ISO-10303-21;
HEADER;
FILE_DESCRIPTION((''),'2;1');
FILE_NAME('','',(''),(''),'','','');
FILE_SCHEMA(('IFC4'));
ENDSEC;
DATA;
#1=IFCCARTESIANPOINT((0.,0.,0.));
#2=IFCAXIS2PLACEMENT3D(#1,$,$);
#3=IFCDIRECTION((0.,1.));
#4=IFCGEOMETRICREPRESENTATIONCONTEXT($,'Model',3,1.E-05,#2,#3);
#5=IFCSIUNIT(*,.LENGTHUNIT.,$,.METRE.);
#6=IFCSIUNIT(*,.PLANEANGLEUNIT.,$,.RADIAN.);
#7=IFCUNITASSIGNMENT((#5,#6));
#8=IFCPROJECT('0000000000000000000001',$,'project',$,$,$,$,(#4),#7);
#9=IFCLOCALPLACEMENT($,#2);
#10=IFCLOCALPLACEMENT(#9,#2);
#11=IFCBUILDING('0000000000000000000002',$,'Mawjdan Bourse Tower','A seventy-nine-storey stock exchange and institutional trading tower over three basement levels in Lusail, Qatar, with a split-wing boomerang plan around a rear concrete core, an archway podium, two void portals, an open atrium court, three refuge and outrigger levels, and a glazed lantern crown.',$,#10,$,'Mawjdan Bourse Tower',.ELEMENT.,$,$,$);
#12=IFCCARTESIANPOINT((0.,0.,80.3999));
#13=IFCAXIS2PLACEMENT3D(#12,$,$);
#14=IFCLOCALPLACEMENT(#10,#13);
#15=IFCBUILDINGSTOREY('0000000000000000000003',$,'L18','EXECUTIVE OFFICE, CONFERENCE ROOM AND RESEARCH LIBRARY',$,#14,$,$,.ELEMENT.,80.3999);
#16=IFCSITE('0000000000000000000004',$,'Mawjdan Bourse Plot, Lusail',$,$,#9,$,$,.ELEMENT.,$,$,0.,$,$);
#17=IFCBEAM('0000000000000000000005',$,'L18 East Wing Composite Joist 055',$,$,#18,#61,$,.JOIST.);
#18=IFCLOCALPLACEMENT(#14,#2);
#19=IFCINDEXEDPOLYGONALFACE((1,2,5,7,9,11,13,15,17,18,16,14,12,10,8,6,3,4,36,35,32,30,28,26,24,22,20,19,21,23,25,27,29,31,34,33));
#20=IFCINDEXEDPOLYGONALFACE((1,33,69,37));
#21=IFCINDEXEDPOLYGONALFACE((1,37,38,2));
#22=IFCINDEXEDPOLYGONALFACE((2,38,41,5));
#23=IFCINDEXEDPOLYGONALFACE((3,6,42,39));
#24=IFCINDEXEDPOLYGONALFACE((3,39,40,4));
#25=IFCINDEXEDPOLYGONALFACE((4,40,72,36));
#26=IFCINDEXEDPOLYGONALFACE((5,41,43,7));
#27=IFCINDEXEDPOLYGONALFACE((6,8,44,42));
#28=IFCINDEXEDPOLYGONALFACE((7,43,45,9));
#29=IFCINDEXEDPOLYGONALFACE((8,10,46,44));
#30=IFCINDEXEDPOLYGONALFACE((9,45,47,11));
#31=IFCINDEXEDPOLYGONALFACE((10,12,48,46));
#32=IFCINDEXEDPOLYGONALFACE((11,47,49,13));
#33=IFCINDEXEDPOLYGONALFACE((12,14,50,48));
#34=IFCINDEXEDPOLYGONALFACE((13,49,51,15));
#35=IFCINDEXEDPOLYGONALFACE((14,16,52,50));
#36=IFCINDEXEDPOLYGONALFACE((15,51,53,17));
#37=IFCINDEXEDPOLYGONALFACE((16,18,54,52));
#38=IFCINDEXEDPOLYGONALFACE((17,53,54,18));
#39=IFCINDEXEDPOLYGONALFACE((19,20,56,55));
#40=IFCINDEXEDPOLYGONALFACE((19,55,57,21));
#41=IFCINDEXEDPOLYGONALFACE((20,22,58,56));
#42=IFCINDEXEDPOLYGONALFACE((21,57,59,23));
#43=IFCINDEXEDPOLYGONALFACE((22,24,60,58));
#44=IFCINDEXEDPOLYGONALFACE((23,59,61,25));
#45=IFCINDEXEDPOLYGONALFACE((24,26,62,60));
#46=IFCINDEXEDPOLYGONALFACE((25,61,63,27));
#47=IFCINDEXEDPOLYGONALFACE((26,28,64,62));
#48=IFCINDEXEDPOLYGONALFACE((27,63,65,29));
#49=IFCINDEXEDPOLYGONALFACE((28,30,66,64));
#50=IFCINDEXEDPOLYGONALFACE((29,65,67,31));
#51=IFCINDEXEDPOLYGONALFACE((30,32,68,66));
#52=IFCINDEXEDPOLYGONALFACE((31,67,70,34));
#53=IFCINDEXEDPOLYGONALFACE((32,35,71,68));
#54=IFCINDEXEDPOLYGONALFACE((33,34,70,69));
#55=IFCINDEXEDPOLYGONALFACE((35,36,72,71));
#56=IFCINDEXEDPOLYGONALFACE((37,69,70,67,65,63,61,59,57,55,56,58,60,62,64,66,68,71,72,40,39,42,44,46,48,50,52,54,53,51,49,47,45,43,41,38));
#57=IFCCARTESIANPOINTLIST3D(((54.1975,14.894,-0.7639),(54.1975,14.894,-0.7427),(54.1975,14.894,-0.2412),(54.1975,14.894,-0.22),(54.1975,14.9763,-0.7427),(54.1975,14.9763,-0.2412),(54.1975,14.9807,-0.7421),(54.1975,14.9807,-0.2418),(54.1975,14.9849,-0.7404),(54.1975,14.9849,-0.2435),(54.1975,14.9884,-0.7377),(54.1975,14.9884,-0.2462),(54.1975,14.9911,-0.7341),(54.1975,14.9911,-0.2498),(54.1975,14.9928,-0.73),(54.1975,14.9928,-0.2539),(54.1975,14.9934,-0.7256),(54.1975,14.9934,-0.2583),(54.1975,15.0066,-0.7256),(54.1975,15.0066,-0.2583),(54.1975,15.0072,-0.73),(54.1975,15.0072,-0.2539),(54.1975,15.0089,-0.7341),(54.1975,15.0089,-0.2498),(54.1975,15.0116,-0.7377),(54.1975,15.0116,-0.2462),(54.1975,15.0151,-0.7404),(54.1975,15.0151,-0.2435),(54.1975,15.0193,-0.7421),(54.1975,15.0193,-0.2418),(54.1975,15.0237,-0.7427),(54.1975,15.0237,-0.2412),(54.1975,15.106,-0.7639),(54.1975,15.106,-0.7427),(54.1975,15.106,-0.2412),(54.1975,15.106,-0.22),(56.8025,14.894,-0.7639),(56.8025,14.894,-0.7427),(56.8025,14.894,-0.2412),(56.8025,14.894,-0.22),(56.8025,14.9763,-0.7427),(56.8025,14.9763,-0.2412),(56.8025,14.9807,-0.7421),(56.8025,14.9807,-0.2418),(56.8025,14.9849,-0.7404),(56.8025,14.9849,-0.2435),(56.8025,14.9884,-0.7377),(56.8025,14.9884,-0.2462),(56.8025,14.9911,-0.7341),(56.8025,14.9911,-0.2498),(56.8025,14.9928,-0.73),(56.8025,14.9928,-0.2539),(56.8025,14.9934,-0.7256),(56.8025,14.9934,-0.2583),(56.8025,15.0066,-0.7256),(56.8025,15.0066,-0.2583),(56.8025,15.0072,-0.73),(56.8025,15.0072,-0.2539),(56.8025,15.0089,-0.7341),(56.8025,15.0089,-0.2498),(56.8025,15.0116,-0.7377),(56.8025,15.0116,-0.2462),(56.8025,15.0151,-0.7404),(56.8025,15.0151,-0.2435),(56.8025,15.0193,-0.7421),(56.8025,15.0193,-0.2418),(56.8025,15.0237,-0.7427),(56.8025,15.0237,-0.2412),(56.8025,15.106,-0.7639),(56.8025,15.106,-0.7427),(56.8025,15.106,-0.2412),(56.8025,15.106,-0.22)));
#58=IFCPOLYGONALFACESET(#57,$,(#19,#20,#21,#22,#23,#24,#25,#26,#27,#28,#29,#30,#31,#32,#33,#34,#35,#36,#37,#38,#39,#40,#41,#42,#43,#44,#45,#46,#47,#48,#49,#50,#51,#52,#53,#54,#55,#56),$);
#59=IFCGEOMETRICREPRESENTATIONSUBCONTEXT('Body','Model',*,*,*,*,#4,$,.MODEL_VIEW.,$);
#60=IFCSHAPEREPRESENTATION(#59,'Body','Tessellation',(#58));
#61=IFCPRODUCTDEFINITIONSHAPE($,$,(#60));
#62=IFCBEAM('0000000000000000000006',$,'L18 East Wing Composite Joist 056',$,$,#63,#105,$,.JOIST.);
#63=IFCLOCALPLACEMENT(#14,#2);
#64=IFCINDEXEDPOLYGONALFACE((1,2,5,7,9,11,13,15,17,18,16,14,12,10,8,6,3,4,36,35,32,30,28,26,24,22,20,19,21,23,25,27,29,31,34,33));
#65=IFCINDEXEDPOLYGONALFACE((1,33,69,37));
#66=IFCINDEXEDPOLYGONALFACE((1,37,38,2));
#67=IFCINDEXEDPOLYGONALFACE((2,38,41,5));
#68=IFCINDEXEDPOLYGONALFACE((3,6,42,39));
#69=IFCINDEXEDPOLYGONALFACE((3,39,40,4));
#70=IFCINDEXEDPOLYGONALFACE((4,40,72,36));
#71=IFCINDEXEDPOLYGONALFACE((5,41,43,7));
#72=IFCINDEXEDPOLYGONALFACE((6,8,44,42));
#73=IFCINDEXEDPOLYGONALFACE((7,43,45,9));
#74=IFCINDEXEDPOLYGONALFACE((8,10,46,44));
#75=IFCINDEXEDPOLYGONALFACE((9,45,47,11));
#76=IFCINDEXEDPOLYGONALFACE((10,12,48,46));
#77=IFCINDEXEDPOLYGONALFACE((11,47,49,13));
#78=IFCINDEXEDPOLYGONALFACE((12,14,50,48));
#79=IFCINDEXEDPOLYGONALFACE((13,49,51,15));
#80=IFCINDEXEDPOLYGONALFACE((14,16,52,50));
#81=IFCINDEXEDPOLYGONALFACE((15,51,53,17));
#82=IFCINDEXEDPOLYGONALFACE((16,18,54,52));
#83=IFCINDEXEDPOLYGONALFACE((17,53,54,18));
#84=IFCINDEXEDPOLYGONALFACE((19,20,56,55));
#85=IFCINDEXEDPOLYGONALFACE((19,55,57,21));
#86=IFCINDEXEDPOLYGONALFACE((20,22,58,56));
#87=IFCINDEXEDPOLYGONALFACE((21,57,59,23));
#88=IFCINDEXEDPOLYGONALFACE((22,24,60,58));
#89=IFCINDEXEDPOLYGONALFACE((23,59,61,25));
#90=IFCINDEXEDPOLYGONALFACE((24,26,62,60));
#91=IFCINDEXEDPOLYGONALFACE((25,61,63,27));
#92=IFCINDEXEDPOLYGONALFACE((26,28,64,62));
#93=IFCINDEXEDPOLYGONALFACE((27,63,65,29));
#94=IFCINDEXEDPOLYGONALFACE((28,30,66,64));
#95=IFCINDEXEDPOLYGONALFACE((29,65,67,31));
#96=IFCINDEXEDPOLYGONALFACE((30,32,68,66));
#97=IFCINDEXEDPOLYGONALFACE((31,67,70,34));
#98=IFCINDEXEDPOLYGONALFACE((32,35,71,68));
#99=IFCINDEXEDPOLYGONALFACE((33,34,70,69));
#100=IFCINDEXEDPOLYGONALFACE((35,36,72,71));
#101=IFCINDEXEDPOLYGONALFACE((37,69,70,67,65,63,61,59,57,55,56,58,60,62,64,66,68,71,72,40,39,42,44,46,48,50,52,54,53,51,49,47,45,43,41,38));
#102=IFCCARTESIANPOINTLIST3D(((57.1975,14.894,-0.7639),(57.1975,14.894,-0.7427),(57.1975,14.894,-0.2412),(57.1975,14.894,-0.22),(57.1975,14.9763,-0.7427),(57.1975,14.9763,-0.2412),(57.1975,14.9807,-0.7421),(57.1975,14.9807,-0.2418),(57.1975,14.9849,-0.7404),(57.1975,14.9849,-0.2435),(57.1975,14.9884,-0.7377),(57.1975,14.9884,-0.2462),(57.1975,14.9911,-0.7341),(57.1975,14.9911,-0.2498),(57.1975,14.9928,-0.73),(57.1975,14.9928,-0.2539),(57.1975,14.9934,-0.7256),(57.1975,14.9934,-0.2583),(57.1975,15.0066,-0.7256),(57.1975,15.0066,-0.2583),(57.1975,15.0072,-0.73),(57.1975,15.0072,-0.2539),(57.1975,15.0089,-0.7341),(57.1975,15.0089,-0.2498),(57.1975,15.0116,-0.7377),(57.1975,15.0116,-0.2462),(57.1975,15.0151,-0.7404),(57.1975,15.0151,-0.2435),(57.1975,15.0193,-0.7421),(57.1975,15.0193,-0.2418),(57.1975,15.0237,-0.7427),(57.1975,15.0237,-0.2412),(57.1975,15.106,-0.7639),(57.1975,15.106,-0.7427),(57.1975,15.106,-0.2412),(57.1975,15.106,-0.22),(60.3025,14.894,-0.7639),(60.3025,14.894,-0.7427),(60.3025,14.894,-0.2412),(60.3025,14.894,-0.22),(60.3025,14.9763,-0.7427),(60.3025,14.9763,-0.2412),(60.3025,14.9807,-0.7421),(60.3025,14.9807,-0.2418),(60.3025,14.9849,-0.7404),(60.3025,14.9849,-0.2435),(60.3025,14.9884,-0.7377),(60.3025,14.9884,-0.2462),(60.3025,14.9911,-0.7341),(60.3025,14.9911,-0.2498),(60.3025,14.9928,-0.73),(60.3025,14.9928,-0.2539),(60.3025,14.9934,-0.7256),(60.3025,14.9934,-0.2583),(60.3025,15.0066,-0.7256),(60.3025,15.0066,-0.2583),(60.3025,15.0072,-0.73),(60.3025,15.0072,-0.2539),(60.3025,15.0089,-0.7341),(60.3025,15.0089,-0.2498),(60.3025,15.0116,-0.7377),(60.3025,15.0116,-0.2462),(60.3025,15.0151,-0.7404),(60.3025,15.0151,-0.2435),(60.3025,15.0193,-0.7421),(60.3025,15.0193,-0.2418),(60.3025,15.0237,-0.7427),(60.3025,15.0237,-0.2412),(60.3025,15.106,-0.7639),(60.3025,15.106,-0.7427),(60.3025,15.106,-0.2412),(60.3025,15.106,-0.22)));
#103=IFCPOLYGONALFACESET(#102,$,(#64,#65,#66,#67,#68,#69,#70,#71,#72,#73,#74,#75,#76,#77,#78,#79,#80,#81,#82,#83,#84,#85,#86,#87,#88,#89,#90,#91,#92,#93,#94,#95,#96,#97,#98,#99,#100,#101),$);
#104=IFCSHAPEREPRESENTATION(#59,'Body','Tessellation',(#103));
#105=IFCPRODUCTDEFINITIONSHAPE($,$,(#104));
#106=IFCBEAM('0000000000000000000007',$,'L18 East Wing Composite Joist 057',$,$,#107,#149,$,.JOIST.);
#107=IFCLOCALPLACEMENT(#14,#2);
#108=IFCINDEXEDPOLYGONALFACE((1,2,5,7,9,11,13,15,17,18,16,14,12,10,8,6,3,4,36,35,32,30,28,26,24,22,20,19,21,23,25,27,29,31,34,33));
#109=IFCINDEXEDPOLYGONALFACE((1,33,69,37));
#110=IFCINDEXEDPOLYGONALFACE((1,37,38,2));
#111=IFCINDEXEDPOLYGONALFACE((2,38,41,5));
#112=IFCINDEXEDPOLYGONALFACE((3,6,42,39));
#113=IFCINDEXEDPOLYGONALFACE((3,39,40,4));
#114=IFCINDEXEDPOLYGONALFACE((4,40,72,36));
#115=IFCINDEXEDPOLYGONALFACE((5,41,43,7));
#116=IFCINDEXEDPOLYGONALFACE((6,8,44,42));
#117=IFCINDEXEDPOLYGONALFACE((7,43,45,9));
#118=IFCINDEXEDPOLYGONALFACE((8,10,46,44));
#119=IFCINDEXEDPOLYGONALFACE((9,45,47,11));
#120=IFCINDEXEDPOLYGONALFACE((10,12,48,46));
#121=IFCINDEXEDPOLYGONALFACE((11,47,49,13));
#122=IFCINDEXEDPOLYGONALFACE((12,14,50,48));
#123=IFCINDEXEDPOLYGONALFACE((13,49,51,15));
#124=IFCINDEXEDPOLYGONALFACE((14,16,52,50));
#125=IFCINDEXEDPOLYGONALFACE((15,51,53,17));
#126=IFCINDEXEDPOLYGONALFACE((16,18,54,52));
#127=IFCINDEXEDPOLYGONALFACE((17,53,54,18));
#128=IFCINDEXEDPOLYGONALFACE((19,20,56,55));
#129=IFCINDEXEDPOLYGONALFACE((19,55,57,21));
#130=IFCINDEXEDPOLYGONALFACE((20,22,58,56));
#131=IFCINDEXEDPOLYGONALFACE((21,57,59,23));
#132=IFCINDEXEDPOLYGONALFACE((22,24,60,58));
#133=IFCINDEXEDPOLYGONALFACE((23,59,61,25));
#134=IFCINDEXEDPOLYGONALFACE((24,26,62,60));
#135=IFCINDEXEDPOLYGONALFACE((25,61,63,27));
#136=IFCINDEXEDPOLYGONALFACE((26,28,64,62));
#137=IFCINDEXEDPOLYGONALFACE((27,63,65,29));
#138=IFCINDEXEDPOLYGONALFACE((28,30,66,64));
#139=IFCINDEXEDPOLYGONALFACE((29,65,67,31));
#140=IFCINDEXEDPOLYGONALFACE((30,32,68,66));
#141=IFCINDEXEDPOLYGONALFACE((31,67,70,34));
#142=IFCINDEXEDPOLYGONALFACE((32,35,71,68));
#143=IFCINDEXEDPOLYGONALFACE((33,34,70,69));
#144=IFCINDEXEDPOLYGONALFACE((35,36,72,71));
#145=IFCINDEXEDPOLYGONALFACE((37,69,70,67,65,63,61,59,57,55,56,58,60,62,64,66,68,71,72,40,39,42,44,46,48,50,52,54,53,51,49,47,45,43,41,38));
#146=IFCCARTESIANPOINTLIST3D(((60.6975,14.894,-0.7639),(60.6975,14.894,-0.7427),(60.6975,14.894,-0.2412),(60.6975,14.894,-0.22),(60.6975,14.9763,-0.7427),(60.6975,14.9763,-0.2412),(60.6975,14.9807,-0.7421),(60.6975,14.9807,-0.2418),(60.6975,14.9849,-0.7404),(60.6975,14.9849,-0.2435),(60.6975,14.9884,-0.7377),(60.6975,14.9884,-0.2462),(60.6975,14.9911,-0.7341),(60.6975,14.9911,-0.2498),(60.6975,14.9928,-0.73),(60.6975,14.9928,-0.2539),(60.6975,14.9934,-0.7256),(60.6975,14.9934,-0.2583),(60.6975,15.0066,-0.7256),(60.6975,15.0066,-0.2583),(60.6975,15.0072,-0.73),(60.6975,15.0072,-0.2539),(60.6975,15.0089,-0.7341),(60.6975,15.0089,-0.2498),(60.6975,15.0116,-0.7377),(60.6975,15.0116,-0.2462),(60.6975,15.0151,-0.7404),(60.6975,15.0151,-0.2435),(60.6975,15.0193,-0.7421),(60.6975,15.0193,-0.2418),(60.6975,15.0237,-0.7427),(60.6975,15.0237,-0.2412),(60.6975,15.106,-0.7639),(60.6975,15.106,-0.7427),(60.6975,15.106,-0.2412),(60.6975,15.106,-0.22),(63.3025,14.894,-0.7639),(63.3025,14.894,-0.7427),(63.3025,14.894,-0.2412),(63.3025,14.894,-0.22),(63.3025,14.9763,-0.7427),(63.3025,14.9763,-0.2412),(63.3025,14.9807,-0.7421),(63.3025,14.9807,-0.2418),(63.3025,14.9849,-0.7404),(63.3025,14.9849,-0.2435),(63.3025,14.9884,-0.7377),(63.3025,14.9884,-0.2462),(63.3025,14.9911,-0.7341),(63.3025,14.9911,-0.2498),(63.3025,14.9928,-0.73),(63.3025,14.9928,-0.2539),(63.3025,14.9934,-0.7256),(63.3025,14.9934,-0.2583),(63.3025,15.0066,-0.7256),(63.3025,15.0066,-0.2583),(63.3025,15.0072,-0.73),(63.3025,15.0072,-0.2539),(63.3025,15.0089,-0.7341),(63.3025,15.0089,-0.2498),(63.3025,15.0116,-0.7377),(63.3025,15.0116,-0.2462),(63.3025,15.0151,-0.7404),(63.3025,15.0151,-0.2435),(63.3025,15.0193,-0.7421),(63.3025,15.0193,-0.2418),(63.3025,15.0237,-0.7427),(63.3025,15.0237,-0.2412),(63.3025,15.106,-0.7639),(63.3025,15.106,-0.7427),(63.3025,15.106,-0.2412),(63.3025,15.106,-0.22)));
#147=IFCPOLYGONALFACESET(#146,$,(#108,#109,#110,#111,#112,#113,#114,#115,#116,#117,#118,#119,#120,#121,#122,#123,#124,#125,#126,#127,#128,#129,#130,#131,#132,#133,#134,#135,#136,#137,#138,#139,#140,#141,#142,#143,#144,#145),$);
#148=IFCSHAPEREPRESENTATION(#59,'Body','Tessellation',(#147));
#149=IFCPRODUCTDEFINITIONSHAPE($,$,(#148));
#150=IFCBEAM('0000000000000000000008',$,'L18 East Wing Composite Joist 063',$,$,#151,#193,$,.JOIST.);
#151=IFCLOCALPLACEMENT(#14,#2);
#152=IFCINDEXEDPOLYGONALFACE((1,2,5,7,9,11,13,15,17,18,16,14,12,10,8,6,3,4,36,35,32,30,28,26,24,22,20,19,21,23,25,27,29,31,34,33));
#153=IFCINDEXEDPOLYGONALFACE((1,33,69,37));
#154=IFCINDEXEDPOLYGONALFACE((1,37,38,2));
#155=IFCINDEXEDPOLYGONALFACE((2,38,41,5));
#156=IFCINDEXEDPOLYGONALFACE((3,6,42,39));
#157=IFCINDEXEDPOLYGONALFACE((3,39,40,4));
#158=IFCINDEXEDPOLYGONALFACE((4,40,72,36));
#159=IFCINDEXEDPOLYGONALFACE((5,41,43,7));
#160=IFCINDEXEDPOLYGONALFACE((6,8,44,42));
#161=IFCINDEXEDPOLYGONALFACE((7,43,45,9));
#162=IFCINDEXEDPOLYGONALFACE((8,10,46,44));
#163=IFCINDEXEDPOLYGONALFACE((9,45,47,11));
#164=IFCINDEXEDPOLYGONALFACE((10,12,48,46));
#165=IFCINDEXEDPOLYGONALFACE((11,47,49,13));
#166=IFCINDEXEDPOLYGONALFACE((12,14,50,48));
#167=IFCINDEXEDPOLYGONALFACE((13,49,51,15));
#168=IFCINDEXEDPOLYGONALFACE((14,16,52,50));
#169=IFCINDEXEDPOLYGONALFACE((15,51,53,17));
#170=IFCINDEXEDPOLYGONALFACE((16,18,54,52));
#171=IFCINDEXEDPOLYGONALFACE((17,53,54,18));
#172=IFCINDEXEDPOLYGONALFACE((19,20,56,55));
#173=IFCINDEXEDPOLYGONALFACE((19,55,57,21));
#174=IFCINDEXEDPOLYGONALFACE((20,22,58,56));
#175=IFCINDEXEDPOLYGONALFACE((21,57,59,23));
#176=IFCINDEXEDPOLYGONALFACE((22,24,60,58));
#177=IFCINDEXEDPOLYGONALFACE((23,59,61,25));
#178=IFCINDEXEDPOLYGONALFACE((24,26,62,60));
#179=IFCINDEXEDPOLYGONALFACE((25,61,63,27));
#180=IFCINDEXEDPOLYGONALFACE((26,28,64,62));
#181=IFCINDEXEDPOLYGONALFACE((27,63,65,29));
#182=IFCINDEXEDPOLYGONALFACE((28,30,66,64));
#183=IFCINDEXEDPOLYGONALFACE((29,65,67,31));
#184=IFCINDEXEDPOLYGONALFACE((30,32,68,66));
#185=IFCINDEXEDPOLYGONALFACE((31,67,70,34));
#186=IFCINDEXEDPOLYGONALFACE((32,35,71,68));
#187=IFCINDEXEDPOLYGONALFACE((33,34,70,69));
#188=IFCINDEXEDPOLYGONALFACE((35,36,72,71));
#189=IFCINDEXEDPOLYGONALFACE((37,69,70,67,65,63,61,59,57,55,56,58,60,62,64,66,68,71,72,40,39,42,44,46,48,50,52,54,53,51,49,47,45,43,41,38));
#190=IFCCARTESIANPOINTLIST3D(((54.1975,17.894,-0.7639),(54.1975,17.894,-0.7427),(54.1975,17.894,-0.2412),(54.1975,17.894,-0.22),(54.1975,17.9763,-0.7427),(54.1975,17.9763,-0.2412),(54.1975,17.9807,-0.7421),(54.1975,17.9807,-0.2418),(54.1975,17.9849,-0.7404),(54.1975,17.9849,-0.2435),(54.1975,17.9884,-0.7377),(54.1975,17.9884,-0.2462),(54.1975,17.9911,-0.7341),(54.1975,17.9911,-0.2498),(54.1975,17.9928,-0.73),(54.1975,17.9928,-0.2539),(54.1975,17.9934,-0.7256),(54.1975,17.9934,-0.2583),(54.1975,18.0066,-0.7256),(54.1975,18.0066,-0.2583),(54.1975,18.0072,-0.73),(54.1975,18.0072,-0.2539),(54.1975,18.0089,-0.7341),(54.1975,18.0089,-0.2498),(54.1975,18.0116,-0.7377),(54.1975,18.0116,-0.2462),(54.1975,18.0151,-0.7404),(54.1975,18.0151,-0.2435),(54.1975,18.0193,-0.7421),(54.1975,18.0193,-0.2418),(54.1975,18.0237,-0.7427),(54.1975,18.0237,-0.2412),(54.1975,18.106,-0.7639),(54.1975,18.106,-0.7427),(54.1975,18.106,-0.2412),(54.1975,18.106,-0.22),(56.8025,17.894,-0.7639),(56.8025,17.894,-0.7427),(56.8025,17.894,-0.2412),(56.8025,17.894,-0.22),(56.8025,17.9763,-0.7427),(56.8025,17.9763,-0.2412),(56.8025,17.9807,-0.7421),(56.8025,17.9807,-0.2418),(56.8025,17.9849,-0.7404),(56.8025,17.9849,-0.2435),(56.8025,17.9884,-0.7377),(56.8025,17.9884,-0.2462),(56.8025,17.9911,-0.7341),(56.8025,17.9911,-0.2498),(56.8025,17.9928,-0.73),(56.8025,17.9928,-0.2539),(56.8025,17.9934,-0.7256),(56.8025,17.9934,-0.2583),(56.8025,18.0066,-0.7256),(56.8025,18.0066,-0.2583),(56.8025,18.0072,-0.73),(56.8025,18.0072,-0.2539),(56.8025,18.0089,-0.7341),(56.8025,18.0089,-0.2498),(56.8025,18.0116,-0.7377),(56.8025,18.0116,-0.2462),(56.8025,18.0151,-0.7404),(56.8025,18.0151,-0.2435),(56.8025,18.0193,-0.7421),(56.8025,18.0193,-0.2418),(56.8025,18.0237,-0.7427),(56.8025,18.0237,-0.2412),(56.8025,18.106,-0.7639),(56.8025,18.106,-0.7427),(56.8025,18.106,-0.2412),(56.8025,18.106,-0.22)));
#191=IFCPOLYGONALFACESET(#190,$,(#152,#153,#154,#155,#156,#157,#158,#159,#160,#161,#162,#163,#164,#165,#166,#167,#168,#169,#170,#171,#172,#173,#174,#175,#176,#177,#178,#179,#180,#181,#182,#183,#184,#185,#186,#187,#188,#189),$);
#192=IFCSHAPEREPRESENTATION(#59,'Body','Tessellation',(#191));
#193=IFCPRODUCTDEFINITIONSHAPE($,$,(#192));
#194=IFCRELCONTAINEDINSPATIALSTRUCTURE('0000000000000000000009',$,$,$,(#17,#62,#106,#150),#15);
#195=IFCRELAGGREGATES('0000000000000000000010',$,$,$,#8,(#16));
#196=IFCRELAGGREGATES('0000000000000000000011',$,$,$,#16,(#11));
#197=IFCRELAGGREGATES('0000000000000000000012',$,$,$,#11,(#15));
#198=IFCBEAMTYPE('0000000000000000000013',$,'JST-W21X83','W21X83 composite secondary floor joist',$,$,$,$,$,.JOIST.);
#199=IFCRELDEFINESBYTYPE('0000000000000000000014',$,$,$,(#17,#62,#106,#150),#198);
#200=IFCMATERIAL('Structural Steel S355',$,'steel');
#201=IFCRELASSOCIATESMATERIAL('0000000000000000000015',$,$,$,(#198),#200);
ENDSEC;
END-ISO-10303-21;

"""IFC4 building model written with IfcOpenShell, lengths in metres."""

from ifc_helpers import new_model, si_unit, direction, frame, origin, origin_2d, place, context, subcontext, project, spatial, i_section, extrude, material, material_profile, profile_set, type_object, element, save


model = new_model("IFC4")

# Units and contexts
model_context = context("Model", 3, precision=1e-05, world=origin(), true_north=direction((0.0, 1.0)))
body_context = subcontext(model_context, "Body", "Model", "MODEL_VIEW")
ifc_project = project(units=[si_unit("LENGTHUNIT", "METRE"), si_unit("PLANEANGLEUNIT", "RADIAN")], contexts=[model_context])

# Site, building, storey
site_placement = place(None, origin())
site = spatial("IfcSite", under=ifc_project, at=site_placement, Name="Mawjdan Bourse Plot, Lusail", CompositionType="ELEMENT", RefElevation=0.0)
building_placement = place(site_placement, origin())
building = spatial("IfcBuilding", under=site, at=building_placement, Name="Mawjdan Bourse Tower", Description="A seventy-nine-storey stock exchange and institutional trading tower over three basement levels in Lusail, Qatar, with a split-wing boomerang plan around a rear concrete core, an archway podium, two void portals, an open atrium court, three refuge and outrigger levels, and a glazed lantern crown.", LongName="Mawjdan Bourse Tower", CompositionType="ELEMENT")
storey_placement = place(building_placement, frame((0.0, 0.0, 80.3999)))
storey = spatial("IfcBuildingStorey", under=building, at=storey_placement, Name="L18", Description="EXECUTIVE OFFICE, CONFERENCE ROOM AND RESEARCH LIBRARY", CompositionType="ELEMENT", Elevation=80.3999)

# Beams
ifc_material_1 = material(Name="Structural Steel S355", Category="steel")
ifc_material_profile_1 = material_profile(ifc_material_1, i_section(OverallWidth=0.2119, OverallDepth=0.5439, WebThickness=0.0132, FlangeThickness=0.0212, FilletRadius=0.0171, at=origin_2d()), Name="W21X83")
ifc_profile_set_1 = profile_set([ifc_material_profile_1], Name="Structural Steel S355")
beam_type_1 = type_object("IfcBeamType", Name="JST-W21X83", Description="W21X83 composite secondary floor joist", PredefinedType="JOIST", material=ifc_profile_set_1)
for number, where, z_axis, x_axis, name in (
    (1, (54.1975, 15.0, -0.4919), (1.0, 0.0, 0.0), (0.0, 1.0, 0.0), "L18 East Wing Composite Joist 055"),
):
    element("IfcBeam", number, at=place(storey_placement, frame(where, z_axis=z_axis, x_axis=x_axis)), inside=storey, type_object=beam_type_1, Name=name, PredefinedType="JOIST", context=body_context, shape_type="SweptSolid", body=[
        extrude(i_section(OverallWidth=0.2119, OverallDepth=0.5439, WebThickness=0.0132, FlangeThickness=0.0212, FilletRadius=0.0171, at=origin_2d()), origin(), (0.0, 0.0, 1.0), 2.605),
    ])
beam_1_placement = place(storey_placement, frame((57.1975, 15.0, -0.4919), z_axis=(1.0, 0.0, 0.0), x_axis=(0.0, 1.0, 0.0)))
element("IfcBeam", 2, at=beam_1_placement, inside=storey, type_object=beam_type_1, Name="L18 East Wing Composite Joist 056", PredefinedType="JOIST", context=body_context, shape_type="SweptSolid", body=[
    extrude(i_section(OverallWidth=0.2119, OverallDepth=0.5439, WebThickness=0.0132, FlangeThickness=0.0212, FilletRadius=0.0171, at=origin_2d()), origin(), (0.0, 0.0, 1.0), 3.105),
])
for number, where, z_axis, x_axis, name in (
    (3, (60.6975, 15.0, -0.4919), (1.0, 0.0, 0.0), (0.0, 1.0, 0.0), "L18 East Wing Composite Joist 057"),
    (4, (54.1975, 18.0, -0.4919), (1.0, 0.0, 0.0), (0.0, 1.0, 0.0), "L18 East Wing Composite Joist 063"),
):
    element("IfcBeam", number, at=place(storey_placement, frame(where, z_axis=z_axis, x_axis=x_axis)), inside=storey, type_object=beam_type_1, Name=name, PredefinedType="JOIST", context=body_context, shape_type="SweptSolid", body=[
        extrude(i_section(OverallWidth=0.2119, OverallDepth=0.5439, WebThickness=0.0132, FlangeThickness=0.0212, FilletRadius=0.0171, at=origin_2d()), origin(), (0.0, 0.0, 1.0), 2.605),
    ])

save(model, "model.ifc")
